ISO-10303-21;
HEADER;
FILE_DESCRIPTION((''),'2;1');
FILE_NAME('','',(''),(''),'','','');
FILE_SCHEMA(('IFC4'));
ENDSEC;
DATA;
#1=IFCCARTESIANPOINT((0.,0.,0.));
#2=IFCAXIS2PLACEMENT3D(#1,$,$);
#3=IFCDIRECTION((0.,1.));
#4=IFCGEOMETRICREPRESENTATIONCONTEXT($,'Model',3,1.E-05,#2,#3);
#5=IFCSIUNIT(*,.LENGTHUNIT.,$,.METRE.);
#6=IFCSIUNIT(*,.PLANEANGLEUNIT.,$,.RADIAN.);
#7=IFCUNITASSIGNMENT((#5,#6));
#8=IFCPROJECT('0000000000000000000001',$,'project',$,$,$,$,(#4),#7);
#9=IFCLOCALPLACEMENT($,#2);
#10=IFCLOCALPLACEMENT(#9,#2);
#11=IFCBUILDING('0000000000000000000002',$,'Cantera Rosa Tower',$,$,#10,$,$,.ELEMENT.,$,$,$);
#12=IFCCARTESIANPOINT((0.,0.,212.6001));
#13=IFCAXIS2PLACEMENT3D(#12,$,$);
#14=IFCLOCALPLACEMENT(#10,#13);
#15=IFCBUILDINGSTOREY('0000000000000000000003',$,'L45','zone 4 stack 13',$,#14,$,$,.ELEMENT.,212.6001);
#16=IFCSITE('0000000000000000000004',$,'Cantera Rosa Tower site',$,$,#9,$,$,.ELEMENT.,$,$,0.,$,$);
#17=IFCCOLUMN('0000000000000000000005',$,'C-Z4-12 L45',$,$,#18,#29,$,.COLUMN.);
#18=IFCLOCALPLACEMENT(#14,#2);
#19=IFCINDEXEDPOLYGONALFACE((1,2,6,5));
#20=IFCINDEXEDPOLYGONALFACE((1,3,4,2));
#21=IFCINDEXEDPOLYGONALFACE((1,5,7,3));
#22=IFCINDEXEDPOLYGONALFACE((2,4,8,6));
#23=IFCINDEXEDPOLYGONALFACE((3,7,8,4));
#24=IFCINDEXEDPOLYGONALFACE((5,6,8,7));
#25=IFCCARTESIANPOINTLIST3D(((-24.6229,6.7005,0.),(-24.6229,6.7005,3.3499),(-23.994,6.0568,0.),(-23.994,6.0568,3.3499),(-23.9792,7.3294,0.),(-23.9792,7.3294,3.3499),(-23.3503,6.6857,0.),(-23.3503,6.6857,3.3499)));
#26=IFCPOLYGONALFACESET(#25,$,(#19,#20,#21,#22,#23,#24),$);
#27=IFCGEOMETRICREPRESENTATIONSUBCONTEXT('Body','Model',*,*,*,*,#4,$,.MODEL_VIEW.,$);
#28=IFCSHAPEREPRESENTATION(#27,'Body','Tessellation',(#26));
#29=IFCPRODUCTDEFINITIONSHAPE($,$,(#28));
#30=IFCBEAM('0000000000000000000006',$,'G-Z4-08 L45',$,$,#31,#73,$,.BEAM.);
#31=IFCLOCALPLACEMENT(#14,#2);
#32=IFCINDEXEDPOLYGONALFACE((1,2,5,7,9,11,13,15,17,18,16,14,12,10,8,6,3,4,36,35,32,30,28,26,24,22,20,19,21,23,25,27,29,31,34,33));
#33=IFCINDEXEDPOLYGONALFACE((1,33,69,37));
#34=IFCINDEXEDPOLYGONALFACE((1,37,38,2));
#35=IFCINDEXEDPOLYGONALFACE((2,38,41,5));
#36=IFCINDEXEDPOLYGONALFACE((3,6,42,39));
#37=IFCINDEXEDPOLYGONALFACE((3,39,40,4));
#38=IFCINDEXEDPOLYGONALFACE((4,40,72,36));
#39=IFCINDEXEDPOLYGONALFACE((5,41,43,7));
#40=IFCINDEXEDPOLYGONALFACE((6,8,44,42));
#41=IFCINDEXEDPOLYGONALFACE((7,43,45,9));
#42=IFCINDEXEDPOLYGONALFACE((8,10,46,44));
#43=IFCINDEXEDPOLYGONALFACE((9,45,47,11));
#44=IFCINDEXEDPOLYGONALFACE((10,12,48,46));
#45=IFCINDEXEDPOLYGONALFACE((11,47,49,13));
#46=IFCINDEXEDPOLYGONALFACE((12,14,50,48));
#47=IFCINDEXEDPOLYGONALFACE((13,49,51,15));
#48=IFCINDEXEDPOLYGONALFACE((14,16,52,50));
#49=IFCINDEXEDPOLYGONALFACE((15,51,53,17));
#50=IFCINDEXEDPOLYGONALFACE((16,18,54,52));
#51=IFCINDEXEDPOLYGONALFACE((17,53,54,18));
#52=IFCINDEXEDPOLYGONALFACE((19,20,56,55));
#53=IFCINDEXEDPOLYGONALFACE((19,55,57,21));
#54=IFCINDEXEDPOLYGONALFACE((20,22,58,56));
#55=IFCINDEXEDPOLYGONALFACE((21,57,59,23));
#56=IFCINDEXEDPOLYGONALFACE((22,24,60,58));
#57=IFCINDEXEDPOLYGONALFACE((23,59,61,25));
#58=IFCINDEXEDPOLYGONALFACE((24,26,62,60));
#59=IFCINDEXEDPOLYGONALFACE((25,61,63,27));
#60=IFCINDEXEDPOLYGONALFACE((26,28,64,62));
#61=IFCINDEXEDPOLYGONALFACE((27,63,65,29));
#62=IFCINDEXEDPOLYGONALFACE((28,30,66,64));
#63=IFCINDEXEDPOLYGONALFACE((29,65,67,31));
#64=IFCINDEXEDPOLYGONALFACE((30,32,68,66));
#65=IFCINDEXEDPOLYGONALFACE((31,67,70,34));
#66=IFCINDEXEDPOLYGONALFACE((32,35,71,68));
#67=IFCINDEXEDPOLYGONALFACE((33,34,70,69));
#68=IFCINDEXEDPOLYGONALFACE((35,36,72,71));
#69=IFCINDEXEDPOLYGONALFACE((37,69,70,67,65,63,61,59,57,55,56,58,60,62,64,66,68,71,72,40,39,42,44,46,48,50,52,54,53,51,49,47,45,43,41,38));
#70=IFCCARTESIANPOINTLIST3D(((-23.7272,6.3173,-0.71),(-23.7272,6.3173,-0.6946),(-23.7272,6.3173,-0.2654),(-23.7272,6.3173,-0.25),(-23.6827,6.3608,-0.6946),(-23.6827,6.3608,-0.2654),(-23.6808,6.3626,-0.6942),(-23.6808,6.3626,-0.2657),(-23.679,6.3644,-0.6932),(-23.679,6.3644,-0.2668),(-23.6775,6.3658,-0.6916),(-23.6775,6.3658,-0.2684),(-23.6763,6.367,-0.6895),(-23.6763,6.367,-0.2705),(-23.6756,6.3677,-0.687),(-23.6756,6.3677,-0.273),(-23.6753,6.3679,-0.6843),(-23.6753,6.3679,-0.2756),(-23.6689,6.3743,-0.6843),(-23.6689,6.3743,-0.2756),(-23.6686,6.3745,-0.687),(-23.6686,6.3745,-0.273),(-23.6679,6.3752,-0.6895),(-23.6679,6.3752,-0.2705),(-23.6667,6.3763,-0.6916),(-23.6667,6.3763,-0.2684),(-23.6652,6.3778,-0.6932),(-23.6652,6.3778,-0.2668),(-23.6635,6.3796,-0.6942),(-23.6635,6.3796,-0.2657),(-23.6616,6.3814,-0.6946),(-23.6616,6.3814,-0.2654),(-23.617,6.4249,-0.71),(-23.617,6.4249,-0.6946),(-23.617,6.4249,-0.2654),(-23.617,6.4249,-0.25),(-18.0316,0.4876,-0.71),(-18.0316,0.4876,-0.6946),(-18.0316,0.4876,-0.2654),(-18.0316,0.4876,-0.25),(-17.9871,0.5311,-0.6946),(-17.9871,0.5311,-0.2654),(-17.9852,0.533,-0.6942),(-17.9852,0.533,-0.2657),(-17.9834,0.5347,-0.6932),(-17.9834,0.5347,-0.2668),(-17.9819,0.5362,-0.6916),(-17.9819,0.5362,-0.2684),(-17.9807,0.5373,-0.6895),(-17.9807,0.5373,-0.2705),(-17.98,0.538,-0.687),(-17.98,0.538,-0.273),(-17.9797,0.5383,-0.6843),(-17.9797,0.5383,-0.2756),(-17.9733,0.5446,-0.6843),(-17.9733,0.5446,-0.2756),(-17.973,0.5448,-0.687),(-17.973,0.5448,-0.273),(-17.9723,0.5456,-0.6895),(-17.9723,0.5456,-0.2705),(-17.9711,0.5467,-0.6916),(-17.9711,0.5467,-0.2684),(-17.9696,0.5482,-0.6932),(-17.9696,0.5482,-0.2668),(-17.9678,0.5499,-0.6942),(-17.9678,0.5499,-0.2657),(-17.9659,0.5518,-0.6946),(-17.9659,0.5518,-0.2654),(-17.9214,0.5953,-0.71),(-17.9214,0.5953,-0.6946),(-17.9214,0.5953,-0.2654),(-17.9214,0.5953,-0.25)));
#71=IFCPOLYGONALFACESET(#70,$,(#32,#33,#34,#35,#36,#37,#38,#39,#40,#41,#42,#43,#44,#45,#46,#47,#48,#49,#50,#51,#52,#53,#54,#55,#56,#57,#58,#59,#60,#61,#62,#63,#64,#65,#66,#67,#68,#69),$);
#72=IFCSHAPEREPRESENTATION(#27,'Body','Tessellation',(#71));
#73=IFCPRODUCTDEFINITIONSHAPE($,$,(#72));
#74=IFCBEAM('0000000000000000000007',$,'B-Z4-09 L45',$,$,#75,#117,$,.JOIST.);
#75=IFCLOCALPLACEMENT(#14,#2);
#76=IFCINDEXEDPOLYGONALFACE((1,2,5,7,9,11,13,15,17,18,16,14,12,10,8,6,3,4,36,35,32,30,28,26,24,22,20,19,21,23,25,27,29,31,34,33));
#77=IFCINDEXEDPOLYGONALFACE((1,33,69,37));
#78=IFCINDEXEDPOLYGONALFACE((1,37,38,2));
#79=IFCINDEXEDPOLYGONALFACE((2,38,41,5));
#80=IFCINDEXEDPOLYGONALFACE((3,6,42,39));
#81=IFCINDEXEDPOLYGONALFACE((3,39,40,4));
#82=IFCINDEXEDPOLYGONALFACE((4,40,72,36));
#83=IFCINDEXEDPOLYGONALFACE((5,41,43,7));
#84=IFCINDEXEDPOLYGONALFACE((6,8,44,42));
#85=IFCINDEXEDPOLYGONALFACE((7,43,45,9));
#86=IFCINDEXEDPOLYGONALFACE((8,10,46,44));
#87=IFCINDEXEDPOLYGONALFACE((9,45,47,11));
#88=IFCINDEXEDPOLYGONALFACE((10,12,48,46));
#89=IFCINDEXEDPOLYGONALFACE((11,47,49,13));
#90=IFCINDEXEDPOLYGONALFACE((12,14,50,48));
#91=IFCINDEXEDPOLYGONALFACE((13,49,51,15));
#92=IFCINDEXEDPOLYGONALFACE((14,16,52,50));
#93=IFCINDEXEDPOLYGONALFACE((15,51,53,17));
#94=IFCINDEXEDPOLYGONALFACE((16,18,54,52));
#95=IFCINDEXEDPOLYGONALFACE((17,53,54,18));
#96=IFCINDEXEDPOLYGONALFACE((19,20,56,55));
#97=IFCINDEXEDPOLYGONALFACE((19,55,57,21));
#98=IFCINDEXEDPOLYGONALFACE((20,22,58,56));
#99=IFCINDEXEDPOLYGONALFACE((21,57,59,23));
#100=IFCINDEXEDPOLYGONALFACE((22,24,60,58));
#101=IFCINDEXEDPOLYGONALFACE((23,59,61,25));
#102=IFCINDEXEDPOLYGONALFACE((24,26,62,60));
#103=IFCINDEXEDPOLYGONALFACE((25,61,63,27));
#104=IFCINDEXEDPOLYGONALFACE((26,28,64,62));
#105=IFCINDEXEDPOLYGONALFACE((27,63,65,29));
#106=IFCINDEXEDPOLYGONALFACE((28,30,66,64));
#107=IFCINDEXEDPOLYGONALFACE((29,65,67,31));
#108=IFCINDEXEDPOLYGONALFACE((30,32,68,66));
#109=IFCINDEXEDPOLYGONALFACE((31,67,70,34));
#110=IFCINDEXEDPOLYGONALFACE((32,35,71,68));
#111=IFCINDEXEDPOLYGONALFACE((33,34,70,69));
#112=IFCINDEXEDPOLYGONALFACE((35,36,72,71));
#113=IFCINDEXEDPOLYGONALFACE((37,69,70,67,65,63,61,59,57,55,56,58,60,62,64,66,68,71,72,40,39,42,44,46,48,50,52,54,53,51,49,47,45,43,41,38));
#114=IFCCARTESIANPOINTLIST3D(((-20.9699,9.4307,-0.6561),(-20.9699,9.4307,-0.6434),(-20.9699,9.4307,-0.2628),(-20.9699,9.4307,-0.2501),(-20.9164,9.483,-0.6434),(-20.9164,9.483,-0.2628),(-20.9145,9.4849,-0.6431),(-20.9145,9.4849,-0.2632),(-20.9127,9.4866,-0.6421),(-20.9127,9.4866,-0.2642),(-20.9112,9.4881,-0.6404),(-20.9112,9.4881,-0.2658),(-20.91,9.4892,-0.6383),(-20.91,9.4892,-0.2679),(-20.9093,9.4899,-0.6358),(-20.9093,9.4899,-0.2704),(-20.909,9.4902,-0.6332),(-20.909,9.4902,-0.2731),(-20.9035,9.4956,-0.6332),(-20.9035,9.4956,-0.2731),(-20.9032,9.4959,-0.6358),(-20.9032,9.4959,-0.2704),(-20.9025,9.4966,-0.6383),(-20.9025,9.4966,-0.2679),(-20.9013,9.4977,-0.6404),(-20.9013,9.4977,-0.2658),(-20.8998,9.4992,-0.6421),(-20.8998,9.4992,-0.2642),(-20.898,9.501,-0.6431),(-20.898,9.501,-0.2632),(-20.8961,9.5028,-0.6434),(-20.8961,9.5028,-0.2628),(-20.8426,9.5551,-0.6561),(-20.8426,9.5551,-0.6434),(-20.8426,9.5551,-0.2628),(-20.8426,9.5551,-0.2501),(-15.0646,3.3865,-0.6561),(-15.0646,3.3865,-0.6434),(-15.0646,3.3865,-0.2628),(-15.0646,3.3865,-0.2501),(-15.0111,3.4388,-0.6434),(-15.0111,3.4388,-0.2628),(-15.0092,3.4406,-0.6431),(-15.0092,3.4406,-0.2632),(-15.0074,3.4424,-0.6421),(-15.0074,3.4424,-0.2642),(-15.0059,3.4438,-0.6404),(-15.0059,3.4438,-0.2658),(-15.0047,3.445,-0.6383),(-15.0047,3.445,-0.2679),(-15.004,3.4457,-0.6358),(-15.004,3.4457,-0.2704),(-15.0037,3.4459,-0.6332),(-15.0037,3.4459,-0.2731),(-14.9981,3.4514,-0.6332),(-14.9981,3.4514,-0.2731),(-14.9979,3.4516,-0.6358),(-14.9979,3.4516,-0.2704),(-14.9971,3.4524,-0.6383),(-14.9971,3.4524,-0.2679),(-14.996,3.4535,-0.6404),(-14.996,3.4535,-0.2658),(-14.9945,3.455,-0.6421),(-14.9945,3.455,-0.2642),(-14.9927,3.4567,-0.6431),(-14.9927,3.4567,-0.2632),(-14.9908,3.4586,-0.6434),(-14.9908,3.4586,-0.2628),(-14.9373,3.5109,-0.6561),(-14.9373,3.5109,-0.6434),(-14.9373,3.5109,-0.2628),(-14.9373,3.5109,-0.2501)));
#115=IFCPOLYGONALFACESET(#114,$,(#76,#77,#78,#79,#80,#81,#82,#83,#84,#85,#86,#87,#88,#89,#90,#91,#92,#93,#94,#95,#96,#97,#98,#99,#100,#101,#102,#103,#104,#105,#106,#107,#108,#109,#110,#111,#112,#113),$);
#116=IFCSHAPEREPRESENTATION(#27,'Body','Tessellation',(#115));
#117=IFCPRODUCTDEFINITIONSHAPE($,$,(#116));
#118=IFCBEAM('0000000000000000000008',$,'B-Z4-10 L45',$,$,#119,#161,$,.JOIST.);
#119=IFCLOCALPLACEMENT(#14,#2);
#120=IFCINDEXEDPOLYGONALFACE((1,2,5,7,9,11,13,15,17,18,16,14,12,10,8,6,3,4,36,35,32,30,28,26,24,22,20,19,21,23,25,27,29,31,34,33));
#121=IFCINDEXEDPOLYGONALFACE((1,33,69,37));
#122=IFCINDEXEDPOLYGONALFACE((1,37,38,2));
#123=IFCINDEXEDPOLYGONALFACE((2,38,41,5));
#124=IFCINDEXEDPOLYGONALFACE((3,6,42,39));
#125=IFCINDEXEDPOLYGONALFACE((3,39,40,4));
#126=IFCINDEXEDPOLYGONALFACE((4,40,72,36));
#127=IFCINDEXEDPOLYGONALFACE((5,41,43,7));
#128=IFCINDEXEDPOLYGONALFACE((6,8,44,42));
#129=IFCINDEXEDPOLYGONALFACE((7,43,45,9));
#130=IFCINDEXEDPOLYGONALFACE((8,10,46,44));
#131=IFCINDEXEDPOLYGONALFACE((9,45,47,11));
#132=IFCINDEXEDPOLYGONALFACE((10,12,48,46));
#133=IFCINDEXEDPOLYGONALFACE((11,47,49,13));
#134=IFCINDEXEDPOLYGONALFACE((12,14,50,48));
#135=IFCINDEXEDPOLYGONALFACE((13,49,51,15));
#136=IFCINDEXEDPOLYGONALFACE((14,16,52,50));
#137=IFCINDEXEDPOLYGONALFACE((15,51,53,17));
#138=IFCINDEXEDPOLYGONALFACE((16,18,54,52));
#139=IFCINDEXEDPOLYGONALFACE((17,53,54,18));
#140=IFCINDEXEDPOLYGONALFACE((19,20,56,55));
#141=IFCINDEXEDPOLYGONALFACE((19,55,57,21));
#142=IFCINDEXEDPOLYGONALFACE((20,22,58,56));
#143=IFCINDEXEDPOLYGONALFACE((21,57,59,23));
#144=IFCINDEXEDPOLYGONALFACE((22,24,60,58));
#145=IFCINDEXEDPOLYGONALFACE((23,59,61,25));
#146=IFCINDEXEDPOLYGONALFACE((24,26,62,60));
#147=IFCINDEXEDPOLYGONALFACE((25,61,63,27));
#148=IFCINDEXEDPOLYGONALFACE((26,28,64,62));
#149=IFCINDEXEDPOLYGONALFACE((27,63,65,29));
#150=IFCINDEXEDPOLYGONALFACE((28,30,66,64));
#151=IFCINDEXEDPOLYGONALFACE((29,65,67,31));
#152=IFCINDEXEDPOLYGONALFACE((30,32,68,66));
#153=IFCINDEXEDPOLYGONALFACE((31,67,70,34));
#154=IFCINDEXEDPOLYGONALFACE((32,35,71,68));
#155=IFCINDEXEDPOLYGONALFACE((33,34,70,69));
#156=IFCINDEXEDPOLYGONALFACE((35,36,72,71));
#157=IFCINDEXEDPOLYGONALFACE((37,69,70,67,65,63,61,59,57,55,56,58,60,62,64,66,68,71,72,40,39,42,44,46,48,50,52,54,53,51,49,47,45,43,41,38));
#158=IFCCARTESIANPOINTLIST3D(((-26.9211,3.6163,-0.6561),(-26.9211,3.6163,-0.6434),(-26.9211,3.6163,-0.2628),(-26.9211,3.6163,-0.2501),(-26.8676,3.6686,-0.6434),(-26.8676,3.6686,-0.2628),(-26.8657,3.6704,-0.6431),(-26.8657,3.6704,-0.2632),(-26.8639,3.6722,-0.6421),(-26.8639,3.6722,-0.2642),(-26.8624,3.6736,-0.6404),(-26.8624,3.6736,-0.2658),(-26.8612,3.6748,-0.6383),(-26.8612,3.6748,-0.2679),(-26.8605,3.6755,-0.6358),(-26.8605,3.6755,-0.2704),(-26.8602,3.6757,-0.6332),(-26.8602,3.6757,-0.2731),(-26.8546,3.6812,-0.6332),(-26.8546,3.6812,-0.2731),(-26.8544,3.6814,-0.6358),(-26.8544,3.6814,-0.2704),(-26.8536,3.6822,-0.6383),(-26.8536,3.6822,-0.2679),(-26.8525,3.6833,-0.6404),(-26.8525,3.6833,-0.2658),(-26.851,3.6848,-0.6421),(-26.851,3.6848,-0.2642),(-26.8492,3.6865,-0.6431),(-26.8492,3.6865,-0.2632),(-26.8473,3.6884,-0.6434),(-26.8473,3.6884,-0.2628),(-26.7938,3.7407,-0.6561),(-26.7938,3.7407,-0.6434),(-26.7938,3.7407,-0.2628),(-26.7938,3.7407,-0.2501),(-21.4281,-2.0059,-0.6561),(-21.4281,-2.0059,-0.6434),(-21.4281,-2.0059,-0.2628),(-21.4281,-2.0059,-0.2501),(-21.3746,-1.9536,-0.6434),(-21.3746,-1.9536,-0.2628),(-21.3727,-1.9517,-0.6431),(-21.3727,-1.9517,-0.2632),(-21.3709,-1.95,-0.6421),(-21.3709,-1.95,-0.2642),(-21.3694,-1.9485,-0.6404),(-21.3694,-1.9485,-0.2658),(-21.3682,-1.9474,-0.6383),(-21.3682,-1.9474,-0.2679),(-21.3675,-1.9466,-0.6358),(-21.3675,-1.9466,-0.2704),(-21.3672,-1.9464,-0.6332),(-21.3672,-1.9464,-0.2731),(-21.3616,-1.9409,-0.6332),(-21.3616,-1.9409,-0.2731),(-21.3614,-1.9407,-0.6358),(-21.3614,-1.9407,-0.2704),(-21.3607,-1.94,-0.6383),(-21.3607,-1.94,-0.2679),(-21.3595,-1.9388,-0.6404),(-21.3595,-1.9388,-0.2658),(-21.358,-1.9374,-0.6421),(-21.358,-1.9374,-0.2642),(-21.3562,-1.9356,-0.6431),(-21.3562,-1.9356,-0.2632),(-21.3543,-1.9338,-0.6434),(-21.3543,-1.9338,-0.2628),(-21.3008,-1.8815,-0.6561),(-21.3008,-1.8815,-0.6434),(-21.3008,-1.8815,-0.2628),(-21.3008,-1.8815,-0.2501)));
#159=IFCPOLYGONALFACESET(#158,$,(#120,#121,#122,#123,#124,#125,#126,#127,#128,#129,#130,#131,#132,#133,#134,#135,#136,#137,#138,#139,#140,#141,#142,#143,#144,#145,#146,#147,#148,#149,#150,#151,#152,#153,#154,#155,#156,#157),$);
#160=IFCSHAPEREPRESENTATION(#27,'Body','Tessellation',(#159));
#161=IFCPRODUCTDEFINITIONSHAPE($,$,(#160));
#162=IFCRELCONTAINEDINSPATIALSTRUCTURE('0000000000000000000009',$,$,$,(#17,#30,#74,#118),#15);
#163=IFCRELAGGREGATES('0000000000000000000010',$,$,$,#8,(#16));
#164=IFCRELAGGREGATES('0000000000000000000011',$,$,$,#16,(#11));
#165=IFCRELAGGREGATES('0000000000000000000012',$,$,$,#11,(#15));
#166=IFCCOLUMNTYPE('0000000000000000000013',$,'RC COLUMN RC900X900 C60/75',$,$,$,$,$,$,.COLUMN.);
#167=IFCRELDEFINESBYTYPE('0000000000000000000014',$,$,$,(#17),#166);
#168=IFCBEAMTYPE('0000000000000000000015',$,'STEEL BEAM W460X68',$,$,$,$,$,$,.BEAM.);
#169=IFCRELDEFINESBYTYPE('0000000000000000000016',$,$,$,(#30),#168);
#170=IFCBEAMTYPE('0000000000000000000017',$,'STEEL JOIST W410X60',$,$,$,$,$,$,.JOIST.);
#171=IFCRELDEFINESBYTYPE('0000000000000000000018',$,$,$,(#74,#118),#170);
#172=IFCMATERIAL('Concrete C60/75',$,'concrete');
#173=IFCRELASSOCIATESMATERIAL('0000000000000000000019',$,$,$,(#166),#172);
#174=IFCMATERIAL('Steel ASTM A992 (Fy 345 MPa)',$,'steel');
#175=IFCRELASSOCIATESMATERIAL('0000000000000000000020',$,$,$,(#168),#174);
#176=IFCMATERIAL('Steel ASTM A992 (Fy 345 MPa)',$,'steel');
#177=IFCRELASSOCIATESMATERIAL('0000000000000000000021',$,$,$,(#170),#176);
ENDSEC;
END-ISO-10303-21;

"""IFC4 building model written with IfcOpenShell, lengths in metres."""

from ifc_helpers import new_model, si_unit, direction, frame, origin, origin_2d, place, context, subcontext, project, spatial, rectangle, i_section, extrude, material, material_profile, profile_set, type_object, element, save


model = new_model("IFC4")

# Units and contexts
model_context = context("Model", 3, precision=1e-05, world=origin(), true_north=direction((0.0, 1.0)))
body_context = subcontext(model_context, "Body", "Model", "MODEL_VIEW")
ifc_project = project(units=[si_unit("LENGTHUNIT", "METRE"), si_unit("PLANEANGLEUNIT", "RADIAN")], contexts=[model_context])

# Site, building, storey
site_placement = place(None, origin())
site = spatial("IfcSite", under=ifc_project, at=site_placement, Name="Cantera Rosa Tower site", CompositionType="ELEMENT", RefElevation=0.0)
building_placement = place(site_placement, origin())
building = spatial("IfcBuilding", under=site, at=building_placement, Name="Cantera Rosa Tower", CompositionType="ELEMENT")
storey_placement = place(building_placement, frame((0.0, 0.0, 212.6001)))
storey = spatial("IfcBuildingStorey", under=building, at=storey_placement, Name="L45", Description="zone 4 stack 13", CompositionType="ELEMENT", Elevation=212.6001)

# Column
ifc_material_1 = material(Name="Concrete C60/75", Category="concrete")
ifc_material_profile_1 = material_profile(ifc_material_1, rectangle(XDim=0.8999, YDim=0.8999, at=origin_2d()), Name="RC COLUMN RC900X900 C60/75")
ifc_profile_set_1 = profile_set([ifc_material_profile_1], Name="Concrete C60/75")
column_type = type_object("IfcColumnType", Name="RC COLUMN RC900X900 C60/75", PredefinedType="COLUMN", material=ifc_profile_set_1)
column_placement = place(storey_placement, frame((-23.9866, 6.6931, 0.0), z_axis=(0.0, 0.0, 1.0), x_axis=(0.715286, 0.698832, 0.0)))
element("IfcColumn", 1, at=column_placement, inside=storey, type_object=column_type, Name="C-Z4-12 L45", PredefinedType="COLUMN", context=body_context, shape_type="SweptSolid", body=[
    extrude(rectangle(XDim=0.8999, YDim=0.8999, at=origin_2d()), origin(), (0.0, 0.0, 1.0), 3.3499),
])

# Beams
ifc_material_2 = material(Name="Steel ASTM A992 (Fy 345 MPa)", Category="steel")
ifc_material_profile_2 = material_profile(ifc_material_2, i_section(OverallWidth=0.1541, OverallDepth=0.46, WebThickness=0.009, FlangeThickness=0.0154, FilletRadius=0.0103, at=origin_2d()), Name="W460X68")
ifc_profile_set_2 = profile_set([ifc_material_profile_2], Name="Steel ASTM A992 (Fy 345 MPa)")
beam_type_1 = type_object("IfcBeamType", Name="STEEL BEAM W460X68", PredefinedType="BEAM", material=ifc_profile_set_2)
beam_1_placement = place(storey_placement, frame((-23.6721, 6.3711, -0.48), z_axis=(0.698836, -0.715282, 0.0), x_axis=(0.715282, 0.698836, 0.0)))
element("IfcBeam", 2, at=beam_1_placement, inside=storey, type_object=beam_type_1, Name="G-Z4-08 L45", PredefinedType="BEAM", context=body_context, shape_type="SweptSolid", body=[
    extrude(i_section(OverallWidth=0.1541, OverallDepth=0.46, WebThickness=0.009, FlangeThickness=0.0154, FilletRadius=0.0103, at=origin_2d()), origin(), (0.0, 0.0, 1.0), 8.1501),
])
ifc_material_3 = material(Name="Steel ASTM A992 (Fy 345 MPa)", Category="steel")
ifc_material_profile_3 = material_profile(ifc_material_3, i_section(OverallWidth=0.178, OverallDepth=0.406, WebThickness=0.0078, FlangeThickness=0.0127, FilletRadius=0.0103, at=origin_2d()), Name="W410X60")
ifc_profile_set_3 = profile_set([ifc_material_profile_3], Name="Steel ASTM A992 (Fy 345 MPa)")
beam_type_2 = type_object("IfcBeamType", Name="STEEL JOIST W410X60", PredefinedType="JOIST", material=ifc_profile_set_3)
beam_2_placement = place(storey_placement, frame((-20.9062, 9.4929, -0.4531), z_axis=(0.698839, -0.715279, 0.0), x_axis=(0.715279, 0.698839, 0.0)))
element("IfcBeam", 3, at=beam_2_placement, inside=storey, type_object=beam_type_2, Name="B-Z4-09 L45", PredefinedType="JOIST", context=body_context, shape_type="SweptSolid", body=[
    extrude(i_section(OverallWidth=0.178, OverallDepth=0.406, WebThickness=0.0078, FlangeThickness=0.0127, FilletRadius=0.0103, at=origin_2d()), origin(), (0.0, 0.0, 1.0), 8.4502),
])
beam_3_placement = place(storey_placement, frame((-26.8574, 3.6785, -0.4531), z_axis=(0.698843, -0.715275, 0.0), x_axis=(0.715275, 0.698843, 0.0)))
element("IfcBeam", 4, at=beam_3_placement, inside=storey, type_object=beam_type_2, Name="B-Z4-10 L45", PredefinedType="JOIST", context=body_context, shape_type="SweptSolid", body=[
    extrude(i_section(OverallWidth=0.178, OverallDepth=0.406, WebThickness=0.0078, FlangeThickness=0.0127, FilletRadius=0.0103, at=origin_2d()), origin(), (0.0, 0.0, 1.0), 7.8601),
])

save(model, "model.ifc")
